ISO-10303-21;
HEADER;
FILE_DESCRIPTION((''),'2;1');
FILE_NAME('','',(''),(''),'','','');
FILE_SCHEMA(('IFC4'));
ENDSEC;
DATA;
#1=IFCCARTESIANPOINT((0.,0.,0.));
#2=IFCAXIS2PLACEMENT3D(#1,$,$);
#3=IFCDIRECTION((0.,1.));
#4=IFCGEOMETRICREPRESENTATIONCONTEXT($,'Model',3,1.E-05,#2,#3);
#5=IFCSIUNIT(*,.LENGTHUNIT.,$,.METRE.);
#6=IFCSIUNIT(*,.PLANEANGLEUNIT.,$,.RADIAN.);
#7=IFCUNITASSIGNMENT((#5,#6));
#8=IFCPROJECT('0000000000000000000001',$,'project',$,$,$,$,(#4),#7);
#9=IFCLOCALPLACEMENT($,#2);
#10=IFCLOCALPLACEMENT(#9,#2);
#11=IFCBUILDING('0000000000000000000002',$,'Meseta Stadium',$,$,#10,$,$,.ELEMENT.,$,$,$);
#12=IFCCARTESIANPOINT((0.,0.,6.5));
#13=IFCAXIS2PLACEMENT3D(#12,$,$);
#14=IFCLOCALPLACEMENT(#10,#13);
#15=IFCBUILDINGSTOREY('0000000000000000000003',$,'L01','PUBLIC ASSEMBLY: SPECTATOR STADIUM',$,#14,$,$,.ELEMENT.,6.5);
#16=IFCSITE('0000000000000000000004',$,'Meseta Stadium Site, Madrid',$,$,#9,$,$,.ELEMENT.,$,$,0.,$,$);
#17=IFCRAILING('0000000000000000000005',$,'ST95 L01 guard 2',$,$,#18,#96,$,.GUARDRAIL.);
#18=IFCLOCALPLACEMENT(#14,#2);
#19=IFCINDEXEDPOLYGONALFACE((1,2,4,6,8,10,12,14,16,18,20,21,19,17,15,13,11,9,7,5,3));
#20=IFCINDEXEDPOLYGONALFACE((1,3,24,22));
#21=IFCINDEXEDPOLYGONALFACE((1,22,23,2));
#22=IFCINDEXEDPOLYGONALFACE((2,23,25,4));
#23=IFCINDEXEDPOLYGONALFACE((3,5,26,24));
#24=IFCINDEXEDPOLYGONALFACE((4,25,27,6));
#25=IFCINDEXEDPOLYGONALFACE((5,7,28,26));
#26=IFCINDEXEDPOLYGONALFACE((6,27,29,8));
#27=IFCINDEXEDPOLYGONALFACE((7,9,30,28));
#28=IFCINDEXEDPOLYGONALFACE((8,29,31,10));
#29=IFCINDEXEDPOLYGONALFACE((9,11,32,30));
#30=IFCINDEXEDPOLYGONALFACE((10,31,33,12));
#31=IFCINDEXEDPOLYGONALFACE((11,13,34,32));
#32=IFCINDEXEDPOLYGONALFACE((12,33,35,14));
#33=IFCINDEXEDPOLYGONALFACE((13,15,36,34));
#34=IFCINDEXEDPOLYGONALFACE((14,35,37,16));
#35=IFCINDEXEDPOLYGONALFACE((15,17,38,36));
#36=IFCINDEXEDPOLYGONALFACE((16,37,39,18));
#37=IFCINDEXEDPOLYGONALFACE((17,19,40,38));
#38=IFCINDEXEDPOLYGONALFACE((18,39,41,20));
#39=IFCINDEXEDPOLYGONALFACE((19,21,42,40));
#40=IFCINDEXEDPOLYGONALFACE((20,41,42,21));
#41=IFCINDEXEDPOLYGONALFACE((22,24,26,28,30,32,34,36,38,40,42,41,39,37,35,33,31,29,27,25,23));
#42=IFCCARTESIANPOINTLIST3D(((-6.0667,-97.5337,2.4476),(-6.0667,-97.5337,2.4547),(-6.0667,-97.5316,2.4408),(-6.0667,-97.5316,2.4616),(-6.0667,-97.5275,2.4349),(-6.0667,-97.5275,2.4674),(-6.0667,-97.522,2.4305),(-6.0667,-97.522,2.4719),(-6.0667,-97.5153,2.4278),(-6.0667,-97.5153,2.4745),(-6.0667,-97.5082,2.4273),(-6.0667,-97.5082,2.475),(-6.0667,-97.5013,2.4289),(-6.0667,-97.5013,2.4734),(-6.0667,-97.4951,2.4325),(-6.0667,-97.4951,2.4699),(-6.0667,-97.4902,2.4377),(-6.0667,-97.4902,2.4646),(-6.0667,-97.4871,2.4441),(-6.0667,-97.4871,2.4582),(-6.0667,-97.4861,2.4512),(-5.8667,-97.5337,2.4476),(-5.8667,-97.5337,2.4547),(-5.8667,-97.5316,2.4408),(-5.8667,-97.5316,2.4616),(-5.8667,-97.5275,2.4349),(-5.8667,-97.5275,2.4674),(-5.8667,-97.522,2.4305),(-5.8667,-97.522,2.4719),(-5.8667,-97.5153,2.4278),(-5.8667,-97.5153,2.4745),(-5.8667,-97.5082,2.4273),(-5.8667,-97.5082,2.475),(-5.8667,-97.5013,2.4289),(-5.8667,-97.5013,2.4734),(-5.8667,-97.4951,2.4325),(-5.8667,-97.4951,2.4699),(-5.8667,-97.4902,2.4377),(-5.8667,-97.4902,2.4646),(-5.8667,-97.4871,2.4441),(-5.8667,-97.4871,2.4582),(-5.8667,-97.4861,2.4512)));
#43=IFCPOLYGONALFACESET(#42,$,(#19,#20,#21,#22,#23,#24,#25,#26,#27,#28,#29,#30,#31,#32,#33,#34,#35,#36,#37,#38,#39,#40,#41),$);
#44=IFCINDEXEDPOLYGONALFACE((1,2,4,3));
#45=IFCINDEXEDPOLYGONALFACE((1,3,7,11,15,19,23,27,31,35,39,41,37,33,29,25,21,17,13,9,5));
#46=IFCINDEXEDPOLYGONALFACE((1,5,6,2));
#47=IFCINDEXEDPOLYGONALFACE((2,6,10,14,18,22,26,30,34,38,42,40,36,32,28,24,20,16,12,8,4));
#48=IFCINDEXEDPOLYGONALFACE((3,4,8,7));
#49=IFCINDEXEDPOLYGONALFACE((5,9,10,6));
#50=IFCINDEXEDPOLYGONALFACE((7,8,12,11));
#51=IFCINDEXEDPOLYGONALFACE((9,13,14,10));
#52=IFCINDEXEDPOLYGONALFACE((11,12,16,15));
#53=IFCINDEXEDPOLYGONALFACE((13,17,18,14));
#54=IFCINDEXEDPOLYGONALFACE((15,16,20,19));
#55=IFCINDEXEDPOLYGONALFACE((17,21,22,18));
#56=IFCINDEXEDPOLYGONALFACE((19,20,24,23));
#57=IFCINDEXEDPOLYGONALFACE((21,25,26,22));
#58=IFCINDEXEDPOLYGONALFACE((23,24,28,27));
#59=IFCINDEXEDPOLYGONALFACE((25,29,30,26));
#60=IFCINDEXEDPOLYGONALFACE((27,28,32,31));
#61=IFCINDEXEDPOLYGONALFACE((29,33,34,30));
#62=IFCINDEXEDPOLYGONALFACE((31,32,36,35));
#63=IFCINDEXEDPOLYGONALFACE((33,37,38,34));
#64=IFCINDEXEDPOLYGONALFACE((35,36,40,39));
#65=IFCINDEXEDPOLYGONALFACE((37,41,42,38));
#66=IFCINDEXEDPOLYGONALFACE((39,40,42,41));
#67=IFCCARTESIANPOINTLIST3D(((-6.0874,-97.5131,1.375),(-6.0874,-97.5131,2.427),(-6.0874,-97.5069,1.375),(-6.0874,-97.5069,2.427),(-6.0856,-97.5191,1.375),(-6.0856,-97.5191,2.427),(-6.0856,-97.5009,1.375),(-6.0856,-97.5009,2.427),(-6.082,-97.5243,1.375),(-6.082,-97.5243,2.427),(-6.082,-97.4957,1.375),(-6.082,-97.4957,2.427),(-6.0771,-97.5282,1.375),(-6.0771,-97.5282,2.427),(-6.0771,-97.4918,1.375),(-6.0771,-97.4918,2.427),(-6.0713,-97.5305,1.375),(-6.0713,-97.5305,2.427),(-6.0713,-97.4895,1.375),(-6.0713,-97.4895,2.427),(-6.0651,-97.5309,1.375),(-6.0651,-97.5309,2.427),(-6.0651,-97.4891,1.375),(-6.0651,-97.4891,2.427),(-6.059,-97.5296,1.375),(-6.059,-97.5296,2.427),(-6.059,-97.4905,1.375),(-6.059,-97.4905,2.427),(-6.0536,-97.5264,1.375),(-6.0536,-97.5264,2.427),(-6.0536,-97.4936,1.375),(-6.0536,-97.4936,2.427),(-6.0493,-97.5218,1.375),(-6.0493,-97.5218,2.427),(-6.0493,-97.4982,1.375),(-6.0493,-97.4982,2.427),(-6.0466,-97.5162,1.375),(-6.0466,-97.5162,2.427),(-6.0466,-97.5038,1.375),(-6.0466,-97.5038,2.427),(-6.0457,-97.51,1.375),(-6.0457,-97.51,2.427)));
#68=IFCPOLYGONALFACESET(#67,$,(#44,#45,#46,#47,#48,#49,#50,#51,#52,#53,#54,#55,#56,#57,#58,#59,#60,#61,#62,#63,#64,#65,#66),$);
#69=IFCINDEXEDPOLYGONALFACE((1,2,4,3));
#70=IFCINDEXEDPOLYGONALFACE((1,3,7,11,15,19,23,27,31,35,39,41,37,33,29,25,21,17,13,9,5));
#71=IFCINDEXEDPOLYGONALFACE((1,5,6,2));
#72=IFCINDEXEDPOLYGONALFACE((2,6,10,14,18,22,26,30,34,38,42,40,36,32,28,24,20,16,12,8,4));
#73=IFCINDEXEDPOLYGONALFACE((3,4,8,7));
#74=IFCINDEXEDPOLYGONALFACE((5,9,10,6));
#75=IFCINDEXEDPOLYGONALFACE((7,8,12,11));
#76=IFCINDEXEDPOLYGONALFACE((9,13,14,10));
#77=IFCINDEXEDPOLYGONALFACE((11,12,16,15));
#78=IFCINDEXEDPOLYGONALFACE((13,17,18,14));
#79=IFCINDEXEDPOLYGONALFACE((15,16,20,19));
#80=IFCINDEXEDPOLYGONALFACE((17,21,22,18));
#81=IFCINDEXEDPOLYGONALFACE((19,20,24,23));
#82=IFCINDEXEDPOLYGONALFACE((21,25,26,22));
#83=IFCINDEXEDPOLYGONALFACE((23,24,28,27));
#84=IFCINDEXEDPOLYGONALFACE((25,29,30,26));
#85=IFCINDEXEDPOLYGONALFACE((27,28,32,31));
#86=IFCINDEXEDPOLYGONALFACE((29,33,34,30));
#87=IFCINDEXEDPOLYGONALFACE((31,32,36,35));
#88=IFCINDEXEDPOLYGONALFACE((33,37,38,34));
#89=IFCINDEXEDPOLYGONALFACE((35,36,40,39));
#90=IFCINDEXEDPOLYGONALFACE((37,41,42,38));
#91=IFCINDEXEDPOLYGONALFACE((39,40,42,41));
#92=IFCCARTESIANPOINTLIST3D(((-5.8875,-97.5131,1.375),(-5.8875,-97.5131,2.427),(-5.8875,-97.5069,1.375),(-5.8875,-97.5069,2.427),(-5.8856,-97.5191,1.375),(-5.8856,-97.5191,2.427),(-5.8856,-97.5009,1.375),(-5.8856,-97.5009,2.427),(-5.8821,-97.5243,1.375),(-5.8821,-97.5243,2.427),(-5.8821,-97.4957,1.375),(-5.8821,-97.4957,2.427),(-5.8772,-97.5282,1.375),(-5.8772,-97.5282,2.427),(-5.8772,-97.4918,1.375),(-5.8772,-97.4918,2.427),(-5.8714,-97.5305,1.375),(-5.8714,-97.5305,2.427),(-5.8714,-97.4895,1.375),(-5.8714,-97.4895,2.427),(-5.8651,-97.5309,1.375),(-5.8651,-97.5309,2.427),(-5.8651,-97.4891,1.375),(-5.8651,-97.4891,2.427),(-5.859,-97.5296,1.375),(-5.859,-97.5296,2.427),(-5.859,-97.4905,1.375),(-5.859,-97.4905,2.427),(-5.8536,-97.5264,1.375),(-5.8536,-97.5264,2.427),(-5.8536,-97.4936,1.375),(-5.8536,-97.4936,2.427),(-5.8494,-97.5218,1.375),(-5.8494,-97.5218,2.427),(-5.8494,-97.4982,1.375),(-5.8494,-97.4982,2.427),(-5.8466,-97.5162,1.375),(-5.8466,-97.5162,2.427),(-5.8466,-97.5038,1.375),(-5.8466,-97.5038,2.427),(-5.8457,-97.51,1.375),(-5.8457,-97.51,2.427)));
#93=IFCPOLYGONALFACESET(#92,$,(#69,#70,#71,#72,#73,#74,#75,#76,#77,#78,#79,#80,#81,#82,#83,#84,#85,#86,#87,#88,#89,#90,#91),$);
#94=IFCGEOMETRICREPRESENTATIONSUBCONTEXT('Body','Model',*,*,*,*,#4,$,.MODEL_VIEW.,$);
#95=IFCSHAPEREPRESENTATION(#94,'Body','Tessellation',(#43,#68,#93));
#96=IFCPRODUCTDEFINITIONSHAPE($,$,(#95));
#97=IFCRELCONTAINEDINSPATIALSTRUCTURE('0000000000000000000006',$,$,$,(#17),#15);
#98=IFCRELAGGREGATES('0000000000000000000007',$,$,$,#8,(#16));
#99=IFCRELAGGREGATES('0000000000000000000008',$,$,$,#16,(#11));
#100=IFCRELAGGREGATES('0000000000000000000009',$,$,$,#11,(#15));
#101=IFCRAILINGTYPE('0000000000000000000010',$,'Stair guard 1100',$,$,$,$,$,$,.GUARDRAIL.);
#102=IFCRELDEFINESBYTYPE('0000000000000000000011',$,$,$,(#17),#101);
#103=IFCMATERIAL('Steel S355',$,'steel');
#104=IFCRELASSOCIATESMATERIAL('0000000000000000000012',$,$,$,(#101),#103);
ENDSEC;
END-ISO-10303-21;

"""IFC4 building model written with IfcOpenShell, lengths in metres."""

from ifc_helpers import new_model, si_unit, direction, frame, origin, origin_2d, place, context, subcontext, project, spatial, circle, extrude, material, type_object, element, save


model = new_model("IFC4")

# Units and contexts
model_context = context("Model", 3, precision=1e-05, world=origin(), true_north=direction((0.0, 1.0)))
body_context = subcontext(model_context, "Body", "Model", "MODEL_VIEW")
ifc_project = project(units=[si_unit("LENGTHUNIT", "METRE"), si_unit("PLANEANGLEUNIT", "RADIAN")], contexts=[model_context])

# Site, building, storey
site_placement = place(None, origin())
site = spatial("IfcSite", under=ifc_project, at=site_placement, Name="Meseta Stadium Site, Madrid", CompositionType="ELEMENT", RefElevation=0.0)
building_placement = place(site_placement, origin())
building = spatial("IfcBuilding", under=site, at=building_placement, Name="Meseta Stadium", CompositionType="ELEMENT")
storey_placement = place(building_placement, frame((0.0, 0.0, 6.5)))
storey = spatial("IfcBuildingStorey", under=building, at=storey_placement, Name="L01", Description="PUBLIC ASSEMBLY: SPECTATOR STADIUM", CompositionType="ELEMENT", Elevation=6.5)

# Railing
ifc_material_1 = material(Name="Steel S355", Category="steel")
railing_type_1 = type_object("IfcRailingType", Name="Stair guard 1100", PredefinedType="GUARDRAIL", material=ifc_material_1)
railing_1_placement = place(storey_placement, frame((-6.0667, -97.51, 1.375)))
element("IfcRailing", 1, at=railing_1_placement, inside=storey, type_object=railing_type_1, Name="ST95 L01 guard 2", PredefinedType="GUARDRAIL", context=body_context, shape_type="SweptSolid", body=[
    extrude(circle(Radius=0.0239, at=origin_2d()), frame((0.0, 0.0, 1.0762), z_axis=(1.0, 0.0, 0.0), x_axis=(0.0, 1.0, 0.0)), (0.0, 0.0, 1.0), 0.2),
    extrude(circle(Radius=0.021, at=origin_2d()), origin(), (0.0, 0.0, 1.0), 1.052),
    extrude(circle(Radius=0.021, at=origin_2d()), frame((0.2, 0.0, 0.0)), (0.0, 0.0, 1.0), 1.052),
])

save(model, "model.ifc")
